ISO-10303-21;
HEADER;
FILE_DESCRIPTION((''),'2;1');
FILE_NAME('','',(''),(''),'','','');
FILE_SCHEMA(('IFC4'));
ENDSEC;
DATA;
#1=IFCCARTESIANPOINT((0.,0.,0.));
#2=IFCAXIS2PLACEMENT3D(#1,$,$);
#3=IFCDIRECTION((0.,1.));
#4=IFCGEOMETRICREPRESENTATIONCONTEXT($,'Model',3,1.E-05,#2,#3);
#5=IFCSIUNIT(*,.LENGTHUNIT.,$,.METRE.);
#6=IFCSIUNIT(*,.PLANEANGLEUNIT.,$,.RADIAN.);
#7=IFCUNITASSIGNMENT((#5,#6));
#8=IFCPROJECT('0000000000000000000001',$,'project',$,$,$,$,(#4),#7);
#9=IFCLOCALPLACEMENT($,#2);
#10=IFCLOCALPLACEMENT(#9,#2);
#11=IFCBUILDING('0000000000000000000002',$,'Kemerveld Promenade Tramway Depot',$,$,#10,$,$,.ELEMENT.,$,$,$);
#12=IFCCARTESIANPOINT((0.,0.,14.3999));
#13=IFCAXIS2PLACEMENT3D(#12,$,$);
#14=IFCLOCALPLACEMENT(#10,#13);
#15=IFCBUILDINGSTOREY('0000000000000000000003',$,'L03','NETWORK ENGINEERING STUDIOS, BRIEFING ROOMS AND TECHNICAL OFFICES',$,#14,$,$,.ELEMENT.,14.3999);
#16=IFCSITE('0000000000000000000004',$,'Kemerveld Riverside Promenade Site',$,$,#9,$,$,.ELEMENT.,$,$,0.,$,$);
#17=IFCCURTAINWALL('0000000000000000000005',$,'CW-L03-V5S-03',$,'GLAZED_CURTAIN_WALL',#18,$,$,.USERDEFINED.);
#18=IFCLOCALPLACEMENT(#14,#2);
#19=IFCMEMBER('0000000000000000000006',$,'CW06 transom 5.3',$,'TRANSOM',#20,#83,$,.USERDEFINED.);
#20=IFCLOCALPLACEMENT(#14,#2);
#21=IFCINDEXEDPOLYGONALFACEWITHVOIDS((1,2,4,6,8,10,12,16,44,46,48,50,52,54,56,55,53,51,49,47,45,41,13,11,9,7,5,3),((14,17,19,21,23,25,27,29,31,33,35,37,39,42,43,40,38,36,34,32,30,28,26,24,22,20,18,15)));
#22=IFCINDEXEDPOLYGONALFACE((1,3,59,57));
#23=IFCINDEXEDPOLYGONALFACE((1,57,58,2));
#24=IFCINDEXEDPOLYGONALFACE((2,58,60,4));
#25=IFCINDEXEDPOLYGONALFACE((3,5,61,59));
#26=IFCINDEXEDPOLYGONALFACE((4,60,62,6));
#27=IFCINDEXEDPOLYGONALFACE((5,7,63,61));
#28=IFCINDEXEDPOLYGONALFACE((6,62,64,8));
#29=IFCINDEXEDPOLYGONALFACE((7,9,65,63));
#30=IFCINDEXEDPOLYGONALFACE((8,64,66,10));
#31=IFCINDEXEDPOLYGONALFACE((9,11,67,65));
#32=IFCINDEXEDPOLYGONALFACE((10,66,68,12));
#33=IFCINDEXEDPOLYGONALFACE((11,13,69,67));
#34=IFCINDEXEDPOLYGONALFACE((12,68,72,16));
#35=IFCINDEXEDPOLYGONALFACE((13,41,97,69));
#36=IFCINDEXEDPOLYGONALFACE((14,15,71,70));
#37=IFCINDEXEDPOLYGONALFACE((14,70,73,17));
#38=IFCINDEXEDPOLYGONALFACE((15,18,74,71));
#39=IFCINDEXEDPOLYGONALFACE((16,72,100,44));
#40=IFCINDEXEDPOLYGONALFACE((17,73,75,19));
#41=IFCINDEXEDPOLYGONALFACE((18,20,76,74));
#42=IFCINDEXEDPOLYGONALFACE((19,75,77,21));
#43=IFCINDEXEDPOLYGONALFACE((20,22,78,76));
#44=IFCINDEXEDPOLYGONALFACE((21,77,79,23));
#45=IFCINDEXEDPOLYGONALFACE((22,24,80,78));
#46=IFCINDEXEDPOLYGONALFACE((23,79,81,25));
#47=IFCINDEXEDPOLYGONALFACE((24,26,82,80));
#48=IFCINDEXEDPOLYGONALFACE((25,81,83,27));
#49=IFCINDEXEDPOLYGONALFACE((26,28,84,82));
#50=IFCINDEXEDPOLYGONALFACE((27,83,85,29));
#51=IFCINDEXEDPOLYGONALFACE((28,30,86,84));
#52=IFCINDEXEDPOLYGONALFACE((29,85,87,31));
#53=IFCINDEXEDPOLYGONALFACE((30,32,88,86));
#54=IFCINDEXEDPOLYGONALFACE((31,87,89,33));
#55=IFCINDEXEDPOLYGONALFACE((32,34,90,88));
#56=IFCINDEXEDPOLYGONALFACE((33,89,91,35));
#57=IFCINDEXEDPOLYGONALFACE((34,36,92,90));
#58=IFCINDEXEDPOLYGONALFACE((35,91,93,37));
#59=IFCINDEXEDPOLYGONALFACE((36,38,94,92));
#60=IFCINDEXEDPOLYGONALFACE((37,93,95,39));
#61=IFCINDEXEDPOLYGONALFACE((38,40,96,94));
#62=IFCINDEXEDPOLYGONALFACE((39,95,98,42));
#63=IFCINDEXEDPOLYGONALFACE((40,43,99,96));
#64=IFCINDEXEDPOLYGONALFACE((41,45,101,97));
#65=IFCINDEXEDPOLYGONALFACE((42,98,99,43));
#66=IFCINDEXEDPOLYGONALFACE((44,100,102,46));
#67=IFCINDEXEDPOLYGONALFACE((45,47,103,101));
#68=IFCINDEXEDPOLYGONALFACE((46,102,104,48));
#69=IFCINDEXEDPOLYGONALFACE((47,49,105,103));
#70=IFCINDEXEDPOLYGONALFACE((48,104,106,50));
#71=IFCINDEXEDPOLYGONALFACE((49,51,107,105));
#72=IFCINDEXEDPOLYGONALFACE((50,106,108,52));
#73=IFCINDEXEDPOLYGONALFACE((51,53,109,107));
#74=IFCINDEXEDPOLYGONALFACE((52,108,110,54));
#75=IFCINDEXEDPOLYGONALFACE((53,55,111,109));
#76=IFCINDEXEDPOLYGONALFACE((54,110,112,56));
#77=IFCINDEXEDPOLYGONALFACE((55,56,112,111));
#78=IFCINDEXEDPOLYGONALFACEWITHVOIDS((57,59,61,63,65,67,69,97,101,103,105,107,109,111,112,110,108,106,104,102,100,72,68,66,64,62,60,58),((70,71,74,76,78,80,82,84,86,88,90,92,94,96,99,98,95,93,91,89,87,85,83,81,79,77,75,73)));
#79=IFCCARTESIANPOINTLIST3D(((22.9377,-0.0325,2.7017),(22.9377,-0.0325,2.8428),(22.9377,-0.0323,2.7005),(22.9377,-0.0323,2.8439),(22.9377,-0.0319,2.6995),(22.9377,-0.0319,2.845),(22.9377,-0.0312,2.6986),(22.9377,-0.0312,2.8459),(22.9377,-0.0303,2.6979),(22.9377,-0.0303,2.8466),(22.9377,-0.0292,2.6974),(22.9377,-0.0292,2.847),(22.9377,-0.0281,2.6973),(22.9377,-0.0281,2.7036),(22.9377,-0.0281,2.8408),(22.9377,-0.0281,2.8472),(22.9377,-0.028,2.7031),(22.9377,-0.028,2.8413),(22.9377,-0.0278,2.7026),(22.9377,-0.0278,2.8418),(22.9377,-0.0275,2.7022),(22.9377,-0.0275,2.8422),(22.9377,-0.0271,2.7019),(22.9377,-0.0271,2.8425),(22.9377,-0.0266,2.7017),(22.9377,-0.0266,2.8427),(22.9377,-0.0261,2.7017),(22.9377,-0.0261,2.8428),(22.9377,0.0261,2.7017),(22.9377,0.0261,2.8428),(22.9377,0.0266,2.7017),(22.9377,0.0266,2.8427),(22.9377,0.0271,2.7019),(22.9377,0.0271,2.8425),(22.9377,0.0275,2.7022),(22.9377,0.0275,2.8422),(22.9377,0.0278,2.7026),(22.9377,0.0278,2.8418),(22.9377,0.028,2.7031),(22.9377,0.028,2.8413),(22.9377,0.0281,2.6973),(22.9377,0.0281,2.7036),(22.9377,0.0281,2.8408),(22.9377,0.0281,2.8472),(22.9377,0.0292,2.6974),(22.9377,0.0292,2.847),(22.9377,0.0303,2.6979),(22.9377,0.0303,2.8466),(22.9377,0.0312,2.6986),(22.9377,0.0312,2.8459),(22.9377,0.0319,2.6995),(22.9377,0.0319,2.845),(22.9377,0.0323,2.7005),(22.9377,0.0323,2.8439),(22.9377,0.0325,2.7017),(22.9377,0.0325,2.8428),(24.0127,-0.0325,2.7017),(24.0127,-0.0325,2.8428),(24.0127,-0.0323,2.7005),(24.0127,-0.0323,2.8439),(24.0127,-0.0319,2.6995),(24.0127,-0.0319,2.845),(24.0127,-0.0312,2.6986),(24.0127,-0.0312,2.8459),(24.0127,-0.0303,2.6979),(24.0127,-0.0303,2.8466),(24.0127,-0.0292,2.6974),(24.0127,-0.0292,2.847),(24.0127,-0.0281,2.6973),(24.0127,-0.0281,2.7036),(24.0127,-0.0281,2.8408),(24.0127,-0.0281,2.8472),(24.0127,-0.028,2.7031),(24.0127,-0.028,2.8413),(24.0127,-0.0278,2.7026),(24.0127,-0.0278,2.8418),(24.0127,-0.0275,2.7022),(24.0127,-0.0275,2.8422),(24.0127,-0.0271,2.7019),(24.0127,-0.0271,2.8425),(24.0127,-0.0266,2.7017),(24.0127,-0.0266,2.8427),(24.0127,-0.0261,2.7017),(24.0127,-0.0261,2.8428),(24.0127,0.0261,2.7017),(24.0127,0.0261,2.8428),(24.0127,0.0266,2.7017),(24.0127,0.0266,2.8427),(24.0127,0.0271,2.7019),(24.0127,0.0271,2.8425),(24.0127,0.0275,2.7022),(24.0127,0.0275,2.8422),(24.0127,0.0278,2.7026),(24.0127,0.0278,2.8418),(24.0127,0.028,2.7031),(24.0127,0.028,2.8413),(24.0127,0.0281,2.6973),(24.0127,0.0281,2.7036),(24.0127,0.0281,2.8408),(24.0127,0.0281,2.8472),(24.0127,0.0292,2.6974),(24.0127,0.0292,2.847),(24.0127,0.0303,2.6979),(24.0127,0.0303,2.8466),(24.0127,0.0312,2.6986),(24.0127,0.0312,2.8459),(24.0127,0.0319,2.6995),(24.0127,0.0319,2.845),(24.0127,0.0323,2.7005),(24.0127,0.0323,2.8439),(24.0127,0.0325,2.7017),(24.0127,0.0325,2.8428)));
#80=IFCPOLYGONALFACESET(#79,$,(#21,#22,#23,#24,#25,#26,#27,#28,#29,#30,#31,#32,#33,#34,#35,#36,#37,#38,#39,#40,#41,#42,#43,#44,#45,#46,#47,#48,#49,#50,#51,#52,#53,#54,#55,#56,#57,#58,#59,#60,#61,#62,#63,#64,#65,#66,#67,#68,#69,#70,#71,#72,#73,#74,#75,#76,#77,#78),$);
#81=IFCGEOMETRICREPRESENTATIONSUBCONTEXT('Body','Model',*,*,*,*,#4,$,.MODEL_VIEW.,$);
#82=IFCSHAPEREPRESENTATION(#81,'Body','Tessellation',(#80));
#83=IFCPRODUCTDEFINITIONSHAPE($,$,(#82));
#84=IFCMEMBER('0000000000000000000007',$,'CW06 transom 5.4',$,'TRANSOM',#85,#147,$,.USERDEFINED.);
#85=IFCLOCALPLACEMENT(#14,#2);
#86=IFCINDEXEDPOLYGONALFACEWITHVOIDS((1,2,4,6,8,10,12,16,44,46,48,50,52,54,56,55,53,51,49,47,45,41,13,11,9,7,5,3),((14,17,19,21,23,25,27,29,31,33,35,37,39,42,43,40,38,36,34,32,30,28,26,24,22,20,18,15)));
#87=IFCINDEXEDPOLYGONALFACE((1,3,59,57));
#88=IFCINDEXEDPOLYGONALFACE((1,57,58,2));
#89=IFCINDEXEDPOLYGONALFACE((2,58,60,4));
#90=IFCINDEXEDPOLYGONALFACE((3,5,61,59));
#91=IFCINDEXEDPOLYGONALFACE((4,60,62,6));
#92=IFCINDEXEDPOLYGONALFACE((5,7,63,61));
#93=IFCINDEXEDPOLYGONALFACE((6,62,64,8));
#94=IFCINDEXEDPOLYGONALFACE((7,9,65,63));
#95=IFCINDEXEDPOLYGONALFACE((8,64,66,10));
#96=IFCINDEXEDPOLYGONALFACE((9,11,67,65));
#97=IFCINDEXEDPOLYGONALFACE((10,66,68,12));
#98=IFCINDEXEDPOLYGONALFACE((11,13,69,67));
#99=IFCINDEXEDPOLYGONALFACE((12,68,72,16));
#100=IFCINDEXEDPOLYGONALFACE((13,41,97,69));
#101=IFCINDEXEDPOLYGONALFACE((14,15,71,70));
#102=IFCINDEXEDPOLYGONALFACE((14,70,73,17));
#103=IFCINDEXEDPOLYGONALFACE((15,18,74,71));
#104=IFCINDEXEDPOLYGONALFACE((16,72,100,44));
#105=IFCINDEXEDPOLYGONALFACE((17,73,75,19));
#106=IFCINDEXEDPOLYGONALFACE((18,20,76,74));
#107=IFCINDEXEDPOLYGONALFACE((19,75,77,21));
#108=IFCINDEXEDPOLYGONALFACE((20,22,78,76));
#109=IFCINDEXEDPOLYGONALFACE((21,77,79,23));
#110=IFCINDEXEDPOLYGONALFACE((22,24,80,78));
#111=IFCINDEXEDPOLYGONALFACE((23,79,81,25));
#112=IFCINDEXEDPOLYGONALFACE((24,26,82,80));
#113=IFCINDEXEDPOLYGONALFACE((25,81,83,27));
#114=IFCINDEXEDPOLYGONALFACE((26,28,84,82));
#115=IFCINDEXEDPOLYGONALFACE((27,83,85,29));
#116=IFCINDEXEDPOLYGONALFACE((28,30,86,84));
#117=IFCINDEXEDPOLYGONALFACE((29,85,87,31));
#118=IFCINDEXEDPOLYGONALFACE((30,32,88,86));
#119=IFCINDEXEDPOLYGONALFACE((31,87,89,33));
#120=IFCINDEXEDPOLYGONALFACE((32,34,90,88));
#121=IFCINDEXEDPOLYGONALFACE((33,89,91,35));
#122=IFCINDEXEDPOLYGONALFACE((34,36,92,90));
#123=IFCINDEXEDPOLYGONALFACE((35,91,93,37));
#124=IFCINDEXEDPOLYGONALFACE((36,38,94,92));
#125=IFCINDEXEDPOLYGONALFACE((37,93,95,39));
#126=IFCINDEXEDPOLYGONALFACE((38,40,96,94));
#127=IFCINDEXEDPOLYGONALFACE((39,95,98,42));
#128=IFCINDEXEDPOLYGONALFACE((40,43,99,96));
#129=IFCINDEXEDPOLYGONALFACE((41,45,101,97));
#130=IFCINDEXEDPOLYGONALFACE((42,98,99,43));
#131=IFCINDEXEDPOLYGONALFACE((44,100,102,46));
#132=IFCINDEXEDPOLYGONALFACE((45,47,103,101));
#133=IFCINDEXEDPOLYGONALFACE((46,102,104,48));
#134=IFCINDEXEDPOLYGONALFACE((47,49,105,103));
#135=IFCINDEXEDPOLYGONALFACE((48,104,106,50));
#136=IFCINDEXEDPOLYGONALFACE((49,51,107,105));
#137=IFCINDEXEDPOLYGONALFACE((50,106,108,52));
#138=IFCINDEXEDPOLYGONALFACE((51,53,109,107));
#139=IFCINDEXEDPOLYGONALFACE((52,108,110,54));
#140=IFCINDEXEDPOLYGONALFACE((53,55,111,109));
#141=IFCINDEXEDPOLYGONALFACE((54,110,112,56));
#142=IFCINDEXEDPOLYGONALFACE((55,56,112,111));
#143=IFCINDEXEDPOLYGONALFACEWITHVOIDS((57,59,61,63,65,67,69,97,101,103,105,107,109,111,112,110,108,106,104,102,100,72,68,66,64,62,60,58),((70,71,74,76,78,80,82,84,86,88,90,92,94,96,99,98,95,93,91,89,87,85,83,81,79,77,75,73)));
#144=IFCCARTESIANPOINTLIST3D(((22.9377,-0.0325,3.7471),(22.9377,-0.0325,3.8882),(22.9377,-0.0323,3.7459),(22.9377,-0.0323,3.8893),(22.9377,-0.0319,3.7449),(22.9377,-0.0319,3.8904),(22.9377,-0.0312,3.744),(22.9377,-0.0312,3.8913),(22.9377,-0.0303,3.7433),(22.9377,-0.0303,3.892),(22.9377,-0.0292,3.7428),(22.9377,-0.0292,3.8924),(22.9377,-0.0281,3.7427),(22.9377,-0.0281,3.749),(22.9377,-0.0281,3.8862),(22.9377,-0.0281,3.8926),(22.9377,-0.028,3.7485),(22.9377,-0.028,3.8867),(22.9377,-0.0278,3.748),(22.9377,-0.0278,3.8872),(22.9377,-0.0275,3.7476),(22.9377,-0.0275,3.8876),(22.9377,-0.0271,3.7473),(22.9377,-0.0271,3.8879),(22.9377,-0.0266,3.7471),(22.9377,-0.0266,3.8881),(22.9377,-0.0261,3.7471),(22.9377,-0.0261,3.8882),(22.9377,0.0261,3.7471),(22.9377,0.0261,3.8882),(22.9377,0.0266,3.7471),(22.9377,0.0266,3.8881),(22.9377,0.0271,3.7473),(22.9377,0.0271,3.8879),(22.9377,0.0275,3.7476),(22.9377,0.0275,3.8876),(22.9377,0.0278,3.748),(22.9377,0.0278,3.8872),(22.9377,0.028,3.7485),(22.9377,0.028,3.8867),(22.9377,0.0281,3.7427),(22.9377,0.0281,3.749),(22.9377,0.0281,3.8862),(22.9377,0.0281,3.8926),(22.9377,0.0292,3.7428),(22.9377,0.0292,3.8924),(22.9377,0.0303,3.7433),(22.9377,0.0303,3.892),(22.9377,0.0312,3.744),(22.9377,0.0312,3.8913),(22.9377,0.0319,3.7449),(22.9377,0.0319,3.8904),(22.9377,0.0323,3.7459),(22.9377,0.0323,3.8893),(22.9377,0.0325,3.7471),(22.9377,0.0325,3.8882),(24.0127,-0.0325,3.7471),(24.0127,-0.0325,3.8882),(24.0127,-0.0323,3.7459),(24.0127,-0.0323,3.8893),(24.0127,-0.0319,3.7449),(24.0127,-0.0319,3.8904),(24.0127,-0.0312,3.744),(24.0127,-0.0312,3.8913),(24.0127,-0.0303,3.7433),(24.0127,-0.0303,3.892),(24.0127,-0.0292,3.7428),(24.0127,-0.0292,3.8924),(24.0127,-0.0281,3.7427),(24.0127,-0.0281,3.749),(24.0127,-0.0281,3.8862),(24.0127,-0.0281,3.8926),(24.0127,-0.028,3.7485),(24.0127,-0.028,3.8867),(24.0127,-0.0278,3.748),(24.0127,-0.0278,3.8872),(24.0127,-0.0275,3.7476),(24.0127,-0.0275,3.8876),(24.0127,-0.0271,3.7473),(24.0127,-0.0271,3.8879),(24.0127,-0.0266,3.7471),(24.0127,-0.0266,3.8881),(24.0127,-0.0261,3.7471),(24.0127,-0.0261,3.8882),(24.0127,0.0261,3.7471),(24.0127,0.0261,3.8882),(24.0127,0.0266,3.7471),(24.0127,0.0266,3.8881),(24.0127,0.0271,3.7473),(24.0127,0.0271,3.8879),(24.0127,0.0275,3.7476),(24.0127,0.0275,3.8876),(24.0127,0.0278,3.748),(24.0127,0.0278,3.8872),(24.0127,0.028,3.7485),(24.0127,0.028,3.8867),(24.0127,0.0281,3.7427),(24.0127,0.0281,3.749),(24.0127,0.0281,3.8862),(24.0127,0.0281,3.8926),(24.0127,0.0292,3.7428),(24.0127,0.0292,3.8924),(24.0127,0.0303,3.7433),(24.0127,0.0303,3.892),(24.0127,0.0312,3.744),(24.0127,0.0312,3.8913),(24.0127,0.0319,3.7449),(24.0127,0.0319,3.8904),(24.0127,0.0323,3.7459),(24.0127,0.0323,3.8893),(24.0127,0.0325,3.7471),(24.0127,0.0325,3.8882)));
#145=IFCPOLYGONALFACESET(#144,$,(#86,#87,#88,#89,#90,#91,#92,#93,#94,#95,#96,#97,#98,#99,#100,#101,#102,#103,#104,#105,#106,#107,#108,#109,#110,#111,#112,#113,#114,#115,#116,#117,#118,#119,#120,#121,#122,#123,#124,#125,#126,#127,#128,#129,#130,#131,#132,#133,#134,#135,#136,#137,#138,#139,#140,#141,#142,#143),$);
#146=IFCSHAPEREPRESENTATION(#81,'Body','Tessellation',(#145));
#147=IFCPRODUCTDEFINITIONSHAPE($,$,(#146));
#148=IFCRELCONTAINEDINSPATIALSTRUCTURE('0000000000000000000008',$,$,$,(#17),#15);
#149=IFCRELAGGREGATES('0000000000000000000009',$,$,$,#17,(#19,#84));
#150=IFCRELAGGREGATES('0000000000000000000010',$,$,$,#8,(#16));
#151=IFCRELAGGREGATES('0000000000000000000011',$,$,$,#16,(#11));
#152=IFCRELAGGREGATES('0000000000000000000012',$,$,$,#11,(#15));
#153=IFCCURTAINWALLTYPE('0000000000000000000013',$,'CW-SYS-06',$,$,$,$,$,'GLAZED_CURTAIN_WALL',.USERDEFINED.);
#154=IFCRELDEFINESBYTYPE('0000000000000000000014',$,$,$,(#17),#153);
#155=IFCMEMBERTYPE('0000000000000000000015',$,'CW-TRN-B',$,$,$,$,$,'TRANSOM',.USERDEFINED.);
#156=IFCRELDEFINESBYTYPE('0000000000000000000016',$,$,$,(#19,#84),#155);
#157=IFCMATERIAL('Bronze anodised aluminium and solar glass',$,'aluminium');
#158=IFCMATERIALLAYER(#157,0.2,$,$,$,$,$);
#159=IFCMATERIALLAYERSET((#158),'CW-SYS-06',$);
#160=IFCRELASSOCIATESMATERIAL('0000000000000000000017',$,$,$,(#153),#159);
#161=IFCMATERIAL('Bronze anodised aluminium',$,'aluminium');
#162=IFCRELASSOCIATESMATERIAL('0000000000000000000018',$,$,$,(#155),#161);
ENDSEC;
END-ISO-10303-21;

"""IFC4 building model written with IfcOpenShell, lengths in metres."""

from ifc_helpers import new_model, si_unit, direction, frame, origin, origin_2d, place, context, subcontext, project, spatial, hollow_rectangle, extrude, material, layer, layer_set, material_profile, profile_set, type_object, element, aggregate, save


model = new_model("IFC4")

# Units and contexts
model_context = context("Model", 3, precision=1e-05, world=origin(), true_north=direction((0.0, 1.0)))
body_context = subcontext(model_context, "Body", "Model", "MODEL_VIEW")
ifc_project = project(units=[si_unit("LENGTHUNIT", "METRE"), si_unit("PLANEANGLEUNIT", "RADIAN")], contexts=[model_context])

# Site, building, storey
site_placement = place(None, origin())
site = spatial("IfcSite", under=ifc_project, at=site_placement, Name="Kemerveld Riverside Promenade Site", CompositionType="ELEMENT", RefElevation=0.0)
building_placement = place(site_placement, origin())
building = spatial("IfcBuilding", under=site, at=building_placement, Name="Kemerveld Promenade Tramway Depot", CompositionType="ELEMENT")
storey_placement = place(building_placement, frame((0.0, 0.0, 14.3999)))
storey = spatial("IfcBuildingStorey", under=building, at=storey_placement, Name="L03", Description="NETWORK ENGINEERING STUDIOS, BRIEFING ROOMS AND TECHNICAL OFFICES", CompositionType="ELEMENT", Elevation=14.3999)

# Curtain wall, members
ifc_material_1 = material(Name="Bronze anodised aluminium and solar glass", Category="aluminium")
ifc_layer_1 = layer(ifc_material_1, 0.2)
ifc_layer_set_1 = layer_set([ifc_layer_1], Name="CW-SYS-06")
curtain_wall_type = type_object("IfcCurtainWallType", Name="CW-SYS-06", ElementType="GLAZED_CURTAIN_WALL", PredefinedType="USERDEFINED", material=ifc_layer_set_1)
curtain_wall_placement = place(storey_placement, origin())
curtain_wall = element("IfcCurtainWall", 1, at=curtain_wall_placement, inside=storey, type_object=curtain_wall_type, Name="CW-L03-V5S-03", ObjectType="GLAZED_CURTAIN_WALL", PredefinedType="USERDEFINED")
ifc_material_2 = material(Name="Bronze anodised aluminium", Category="aluminium")
ifc_material_profile_1 = material_profile(ifc_material_2, hollow_rectangle(XDim=0.0649, YDim=0.1499, WallThickness=0.0044, InnerFilletRadius=0.002, OuterFilletRadius=0.0044, at=origin_2d()), Name="CW-TRN-150x65")
ifc_profile_set_1 = profile_set([ifc_material_profile_1], Name="Bronze anodised aluminium")
member_type_1 = type_object("IfcMemberType", Name="CW-TRN-B", ElementType="TRANSOM", PredefinedType="USERDEFINED", material=ifc_profile_set_1)
member_1_placement = place(storey_placement, frame((24.0127, 0.0, 2.7722), z_axis=(-1.0, 0.0, 0.0), x_axis=(0.0, -1.0, 0.0)))
member_1 = element("IfcMember", 2, at=member_1_placement, type_object=member_type_1, Name="CW06 transom 5.3", ObjectType="TRANSOM", PredefinedType="USERDEFINED", context=body_context, shape_type="SweptSolid", body=[
    extrude(hollow_rectangle(XDim=0.0649, YDim=0.1499, WallThickness=0.0044, InnerFilletRadius=0.002, OuterFilletRadius=0.0044, at=origin_2d()), origin(), (0.0, 0.0, 1.0), 1.075),
])
member_2_placement = place(storey_placement, frame((24.0127, 0.0, 3.8176), z_axis=(-1.0, 0.0, 0.0), x_axis=(0.0, -1.0, 0.0)))
member_2 = element("IfcMember", 3, at=member_2_placement, type_object=member_type_1, Name="CW06 transom 5.4", ObjectType="TRANSOM", PredefinedType="USERDEFINED", context=body_context, shape_type="SweptSolid", body=[
    extrude(hollow_rectangle(XDim=0.0649, YDim=0.1499, WallThickness=0.0044, InnerFilletRadius=0.002, OuterFilletRadius=0.0044, at=origin_2d()), origin(), (0.0, 0.0, 1.0), 1.075),
])
aggregate(curtain_wall, [member_1, member_2])

save(model, "model.ifc")
